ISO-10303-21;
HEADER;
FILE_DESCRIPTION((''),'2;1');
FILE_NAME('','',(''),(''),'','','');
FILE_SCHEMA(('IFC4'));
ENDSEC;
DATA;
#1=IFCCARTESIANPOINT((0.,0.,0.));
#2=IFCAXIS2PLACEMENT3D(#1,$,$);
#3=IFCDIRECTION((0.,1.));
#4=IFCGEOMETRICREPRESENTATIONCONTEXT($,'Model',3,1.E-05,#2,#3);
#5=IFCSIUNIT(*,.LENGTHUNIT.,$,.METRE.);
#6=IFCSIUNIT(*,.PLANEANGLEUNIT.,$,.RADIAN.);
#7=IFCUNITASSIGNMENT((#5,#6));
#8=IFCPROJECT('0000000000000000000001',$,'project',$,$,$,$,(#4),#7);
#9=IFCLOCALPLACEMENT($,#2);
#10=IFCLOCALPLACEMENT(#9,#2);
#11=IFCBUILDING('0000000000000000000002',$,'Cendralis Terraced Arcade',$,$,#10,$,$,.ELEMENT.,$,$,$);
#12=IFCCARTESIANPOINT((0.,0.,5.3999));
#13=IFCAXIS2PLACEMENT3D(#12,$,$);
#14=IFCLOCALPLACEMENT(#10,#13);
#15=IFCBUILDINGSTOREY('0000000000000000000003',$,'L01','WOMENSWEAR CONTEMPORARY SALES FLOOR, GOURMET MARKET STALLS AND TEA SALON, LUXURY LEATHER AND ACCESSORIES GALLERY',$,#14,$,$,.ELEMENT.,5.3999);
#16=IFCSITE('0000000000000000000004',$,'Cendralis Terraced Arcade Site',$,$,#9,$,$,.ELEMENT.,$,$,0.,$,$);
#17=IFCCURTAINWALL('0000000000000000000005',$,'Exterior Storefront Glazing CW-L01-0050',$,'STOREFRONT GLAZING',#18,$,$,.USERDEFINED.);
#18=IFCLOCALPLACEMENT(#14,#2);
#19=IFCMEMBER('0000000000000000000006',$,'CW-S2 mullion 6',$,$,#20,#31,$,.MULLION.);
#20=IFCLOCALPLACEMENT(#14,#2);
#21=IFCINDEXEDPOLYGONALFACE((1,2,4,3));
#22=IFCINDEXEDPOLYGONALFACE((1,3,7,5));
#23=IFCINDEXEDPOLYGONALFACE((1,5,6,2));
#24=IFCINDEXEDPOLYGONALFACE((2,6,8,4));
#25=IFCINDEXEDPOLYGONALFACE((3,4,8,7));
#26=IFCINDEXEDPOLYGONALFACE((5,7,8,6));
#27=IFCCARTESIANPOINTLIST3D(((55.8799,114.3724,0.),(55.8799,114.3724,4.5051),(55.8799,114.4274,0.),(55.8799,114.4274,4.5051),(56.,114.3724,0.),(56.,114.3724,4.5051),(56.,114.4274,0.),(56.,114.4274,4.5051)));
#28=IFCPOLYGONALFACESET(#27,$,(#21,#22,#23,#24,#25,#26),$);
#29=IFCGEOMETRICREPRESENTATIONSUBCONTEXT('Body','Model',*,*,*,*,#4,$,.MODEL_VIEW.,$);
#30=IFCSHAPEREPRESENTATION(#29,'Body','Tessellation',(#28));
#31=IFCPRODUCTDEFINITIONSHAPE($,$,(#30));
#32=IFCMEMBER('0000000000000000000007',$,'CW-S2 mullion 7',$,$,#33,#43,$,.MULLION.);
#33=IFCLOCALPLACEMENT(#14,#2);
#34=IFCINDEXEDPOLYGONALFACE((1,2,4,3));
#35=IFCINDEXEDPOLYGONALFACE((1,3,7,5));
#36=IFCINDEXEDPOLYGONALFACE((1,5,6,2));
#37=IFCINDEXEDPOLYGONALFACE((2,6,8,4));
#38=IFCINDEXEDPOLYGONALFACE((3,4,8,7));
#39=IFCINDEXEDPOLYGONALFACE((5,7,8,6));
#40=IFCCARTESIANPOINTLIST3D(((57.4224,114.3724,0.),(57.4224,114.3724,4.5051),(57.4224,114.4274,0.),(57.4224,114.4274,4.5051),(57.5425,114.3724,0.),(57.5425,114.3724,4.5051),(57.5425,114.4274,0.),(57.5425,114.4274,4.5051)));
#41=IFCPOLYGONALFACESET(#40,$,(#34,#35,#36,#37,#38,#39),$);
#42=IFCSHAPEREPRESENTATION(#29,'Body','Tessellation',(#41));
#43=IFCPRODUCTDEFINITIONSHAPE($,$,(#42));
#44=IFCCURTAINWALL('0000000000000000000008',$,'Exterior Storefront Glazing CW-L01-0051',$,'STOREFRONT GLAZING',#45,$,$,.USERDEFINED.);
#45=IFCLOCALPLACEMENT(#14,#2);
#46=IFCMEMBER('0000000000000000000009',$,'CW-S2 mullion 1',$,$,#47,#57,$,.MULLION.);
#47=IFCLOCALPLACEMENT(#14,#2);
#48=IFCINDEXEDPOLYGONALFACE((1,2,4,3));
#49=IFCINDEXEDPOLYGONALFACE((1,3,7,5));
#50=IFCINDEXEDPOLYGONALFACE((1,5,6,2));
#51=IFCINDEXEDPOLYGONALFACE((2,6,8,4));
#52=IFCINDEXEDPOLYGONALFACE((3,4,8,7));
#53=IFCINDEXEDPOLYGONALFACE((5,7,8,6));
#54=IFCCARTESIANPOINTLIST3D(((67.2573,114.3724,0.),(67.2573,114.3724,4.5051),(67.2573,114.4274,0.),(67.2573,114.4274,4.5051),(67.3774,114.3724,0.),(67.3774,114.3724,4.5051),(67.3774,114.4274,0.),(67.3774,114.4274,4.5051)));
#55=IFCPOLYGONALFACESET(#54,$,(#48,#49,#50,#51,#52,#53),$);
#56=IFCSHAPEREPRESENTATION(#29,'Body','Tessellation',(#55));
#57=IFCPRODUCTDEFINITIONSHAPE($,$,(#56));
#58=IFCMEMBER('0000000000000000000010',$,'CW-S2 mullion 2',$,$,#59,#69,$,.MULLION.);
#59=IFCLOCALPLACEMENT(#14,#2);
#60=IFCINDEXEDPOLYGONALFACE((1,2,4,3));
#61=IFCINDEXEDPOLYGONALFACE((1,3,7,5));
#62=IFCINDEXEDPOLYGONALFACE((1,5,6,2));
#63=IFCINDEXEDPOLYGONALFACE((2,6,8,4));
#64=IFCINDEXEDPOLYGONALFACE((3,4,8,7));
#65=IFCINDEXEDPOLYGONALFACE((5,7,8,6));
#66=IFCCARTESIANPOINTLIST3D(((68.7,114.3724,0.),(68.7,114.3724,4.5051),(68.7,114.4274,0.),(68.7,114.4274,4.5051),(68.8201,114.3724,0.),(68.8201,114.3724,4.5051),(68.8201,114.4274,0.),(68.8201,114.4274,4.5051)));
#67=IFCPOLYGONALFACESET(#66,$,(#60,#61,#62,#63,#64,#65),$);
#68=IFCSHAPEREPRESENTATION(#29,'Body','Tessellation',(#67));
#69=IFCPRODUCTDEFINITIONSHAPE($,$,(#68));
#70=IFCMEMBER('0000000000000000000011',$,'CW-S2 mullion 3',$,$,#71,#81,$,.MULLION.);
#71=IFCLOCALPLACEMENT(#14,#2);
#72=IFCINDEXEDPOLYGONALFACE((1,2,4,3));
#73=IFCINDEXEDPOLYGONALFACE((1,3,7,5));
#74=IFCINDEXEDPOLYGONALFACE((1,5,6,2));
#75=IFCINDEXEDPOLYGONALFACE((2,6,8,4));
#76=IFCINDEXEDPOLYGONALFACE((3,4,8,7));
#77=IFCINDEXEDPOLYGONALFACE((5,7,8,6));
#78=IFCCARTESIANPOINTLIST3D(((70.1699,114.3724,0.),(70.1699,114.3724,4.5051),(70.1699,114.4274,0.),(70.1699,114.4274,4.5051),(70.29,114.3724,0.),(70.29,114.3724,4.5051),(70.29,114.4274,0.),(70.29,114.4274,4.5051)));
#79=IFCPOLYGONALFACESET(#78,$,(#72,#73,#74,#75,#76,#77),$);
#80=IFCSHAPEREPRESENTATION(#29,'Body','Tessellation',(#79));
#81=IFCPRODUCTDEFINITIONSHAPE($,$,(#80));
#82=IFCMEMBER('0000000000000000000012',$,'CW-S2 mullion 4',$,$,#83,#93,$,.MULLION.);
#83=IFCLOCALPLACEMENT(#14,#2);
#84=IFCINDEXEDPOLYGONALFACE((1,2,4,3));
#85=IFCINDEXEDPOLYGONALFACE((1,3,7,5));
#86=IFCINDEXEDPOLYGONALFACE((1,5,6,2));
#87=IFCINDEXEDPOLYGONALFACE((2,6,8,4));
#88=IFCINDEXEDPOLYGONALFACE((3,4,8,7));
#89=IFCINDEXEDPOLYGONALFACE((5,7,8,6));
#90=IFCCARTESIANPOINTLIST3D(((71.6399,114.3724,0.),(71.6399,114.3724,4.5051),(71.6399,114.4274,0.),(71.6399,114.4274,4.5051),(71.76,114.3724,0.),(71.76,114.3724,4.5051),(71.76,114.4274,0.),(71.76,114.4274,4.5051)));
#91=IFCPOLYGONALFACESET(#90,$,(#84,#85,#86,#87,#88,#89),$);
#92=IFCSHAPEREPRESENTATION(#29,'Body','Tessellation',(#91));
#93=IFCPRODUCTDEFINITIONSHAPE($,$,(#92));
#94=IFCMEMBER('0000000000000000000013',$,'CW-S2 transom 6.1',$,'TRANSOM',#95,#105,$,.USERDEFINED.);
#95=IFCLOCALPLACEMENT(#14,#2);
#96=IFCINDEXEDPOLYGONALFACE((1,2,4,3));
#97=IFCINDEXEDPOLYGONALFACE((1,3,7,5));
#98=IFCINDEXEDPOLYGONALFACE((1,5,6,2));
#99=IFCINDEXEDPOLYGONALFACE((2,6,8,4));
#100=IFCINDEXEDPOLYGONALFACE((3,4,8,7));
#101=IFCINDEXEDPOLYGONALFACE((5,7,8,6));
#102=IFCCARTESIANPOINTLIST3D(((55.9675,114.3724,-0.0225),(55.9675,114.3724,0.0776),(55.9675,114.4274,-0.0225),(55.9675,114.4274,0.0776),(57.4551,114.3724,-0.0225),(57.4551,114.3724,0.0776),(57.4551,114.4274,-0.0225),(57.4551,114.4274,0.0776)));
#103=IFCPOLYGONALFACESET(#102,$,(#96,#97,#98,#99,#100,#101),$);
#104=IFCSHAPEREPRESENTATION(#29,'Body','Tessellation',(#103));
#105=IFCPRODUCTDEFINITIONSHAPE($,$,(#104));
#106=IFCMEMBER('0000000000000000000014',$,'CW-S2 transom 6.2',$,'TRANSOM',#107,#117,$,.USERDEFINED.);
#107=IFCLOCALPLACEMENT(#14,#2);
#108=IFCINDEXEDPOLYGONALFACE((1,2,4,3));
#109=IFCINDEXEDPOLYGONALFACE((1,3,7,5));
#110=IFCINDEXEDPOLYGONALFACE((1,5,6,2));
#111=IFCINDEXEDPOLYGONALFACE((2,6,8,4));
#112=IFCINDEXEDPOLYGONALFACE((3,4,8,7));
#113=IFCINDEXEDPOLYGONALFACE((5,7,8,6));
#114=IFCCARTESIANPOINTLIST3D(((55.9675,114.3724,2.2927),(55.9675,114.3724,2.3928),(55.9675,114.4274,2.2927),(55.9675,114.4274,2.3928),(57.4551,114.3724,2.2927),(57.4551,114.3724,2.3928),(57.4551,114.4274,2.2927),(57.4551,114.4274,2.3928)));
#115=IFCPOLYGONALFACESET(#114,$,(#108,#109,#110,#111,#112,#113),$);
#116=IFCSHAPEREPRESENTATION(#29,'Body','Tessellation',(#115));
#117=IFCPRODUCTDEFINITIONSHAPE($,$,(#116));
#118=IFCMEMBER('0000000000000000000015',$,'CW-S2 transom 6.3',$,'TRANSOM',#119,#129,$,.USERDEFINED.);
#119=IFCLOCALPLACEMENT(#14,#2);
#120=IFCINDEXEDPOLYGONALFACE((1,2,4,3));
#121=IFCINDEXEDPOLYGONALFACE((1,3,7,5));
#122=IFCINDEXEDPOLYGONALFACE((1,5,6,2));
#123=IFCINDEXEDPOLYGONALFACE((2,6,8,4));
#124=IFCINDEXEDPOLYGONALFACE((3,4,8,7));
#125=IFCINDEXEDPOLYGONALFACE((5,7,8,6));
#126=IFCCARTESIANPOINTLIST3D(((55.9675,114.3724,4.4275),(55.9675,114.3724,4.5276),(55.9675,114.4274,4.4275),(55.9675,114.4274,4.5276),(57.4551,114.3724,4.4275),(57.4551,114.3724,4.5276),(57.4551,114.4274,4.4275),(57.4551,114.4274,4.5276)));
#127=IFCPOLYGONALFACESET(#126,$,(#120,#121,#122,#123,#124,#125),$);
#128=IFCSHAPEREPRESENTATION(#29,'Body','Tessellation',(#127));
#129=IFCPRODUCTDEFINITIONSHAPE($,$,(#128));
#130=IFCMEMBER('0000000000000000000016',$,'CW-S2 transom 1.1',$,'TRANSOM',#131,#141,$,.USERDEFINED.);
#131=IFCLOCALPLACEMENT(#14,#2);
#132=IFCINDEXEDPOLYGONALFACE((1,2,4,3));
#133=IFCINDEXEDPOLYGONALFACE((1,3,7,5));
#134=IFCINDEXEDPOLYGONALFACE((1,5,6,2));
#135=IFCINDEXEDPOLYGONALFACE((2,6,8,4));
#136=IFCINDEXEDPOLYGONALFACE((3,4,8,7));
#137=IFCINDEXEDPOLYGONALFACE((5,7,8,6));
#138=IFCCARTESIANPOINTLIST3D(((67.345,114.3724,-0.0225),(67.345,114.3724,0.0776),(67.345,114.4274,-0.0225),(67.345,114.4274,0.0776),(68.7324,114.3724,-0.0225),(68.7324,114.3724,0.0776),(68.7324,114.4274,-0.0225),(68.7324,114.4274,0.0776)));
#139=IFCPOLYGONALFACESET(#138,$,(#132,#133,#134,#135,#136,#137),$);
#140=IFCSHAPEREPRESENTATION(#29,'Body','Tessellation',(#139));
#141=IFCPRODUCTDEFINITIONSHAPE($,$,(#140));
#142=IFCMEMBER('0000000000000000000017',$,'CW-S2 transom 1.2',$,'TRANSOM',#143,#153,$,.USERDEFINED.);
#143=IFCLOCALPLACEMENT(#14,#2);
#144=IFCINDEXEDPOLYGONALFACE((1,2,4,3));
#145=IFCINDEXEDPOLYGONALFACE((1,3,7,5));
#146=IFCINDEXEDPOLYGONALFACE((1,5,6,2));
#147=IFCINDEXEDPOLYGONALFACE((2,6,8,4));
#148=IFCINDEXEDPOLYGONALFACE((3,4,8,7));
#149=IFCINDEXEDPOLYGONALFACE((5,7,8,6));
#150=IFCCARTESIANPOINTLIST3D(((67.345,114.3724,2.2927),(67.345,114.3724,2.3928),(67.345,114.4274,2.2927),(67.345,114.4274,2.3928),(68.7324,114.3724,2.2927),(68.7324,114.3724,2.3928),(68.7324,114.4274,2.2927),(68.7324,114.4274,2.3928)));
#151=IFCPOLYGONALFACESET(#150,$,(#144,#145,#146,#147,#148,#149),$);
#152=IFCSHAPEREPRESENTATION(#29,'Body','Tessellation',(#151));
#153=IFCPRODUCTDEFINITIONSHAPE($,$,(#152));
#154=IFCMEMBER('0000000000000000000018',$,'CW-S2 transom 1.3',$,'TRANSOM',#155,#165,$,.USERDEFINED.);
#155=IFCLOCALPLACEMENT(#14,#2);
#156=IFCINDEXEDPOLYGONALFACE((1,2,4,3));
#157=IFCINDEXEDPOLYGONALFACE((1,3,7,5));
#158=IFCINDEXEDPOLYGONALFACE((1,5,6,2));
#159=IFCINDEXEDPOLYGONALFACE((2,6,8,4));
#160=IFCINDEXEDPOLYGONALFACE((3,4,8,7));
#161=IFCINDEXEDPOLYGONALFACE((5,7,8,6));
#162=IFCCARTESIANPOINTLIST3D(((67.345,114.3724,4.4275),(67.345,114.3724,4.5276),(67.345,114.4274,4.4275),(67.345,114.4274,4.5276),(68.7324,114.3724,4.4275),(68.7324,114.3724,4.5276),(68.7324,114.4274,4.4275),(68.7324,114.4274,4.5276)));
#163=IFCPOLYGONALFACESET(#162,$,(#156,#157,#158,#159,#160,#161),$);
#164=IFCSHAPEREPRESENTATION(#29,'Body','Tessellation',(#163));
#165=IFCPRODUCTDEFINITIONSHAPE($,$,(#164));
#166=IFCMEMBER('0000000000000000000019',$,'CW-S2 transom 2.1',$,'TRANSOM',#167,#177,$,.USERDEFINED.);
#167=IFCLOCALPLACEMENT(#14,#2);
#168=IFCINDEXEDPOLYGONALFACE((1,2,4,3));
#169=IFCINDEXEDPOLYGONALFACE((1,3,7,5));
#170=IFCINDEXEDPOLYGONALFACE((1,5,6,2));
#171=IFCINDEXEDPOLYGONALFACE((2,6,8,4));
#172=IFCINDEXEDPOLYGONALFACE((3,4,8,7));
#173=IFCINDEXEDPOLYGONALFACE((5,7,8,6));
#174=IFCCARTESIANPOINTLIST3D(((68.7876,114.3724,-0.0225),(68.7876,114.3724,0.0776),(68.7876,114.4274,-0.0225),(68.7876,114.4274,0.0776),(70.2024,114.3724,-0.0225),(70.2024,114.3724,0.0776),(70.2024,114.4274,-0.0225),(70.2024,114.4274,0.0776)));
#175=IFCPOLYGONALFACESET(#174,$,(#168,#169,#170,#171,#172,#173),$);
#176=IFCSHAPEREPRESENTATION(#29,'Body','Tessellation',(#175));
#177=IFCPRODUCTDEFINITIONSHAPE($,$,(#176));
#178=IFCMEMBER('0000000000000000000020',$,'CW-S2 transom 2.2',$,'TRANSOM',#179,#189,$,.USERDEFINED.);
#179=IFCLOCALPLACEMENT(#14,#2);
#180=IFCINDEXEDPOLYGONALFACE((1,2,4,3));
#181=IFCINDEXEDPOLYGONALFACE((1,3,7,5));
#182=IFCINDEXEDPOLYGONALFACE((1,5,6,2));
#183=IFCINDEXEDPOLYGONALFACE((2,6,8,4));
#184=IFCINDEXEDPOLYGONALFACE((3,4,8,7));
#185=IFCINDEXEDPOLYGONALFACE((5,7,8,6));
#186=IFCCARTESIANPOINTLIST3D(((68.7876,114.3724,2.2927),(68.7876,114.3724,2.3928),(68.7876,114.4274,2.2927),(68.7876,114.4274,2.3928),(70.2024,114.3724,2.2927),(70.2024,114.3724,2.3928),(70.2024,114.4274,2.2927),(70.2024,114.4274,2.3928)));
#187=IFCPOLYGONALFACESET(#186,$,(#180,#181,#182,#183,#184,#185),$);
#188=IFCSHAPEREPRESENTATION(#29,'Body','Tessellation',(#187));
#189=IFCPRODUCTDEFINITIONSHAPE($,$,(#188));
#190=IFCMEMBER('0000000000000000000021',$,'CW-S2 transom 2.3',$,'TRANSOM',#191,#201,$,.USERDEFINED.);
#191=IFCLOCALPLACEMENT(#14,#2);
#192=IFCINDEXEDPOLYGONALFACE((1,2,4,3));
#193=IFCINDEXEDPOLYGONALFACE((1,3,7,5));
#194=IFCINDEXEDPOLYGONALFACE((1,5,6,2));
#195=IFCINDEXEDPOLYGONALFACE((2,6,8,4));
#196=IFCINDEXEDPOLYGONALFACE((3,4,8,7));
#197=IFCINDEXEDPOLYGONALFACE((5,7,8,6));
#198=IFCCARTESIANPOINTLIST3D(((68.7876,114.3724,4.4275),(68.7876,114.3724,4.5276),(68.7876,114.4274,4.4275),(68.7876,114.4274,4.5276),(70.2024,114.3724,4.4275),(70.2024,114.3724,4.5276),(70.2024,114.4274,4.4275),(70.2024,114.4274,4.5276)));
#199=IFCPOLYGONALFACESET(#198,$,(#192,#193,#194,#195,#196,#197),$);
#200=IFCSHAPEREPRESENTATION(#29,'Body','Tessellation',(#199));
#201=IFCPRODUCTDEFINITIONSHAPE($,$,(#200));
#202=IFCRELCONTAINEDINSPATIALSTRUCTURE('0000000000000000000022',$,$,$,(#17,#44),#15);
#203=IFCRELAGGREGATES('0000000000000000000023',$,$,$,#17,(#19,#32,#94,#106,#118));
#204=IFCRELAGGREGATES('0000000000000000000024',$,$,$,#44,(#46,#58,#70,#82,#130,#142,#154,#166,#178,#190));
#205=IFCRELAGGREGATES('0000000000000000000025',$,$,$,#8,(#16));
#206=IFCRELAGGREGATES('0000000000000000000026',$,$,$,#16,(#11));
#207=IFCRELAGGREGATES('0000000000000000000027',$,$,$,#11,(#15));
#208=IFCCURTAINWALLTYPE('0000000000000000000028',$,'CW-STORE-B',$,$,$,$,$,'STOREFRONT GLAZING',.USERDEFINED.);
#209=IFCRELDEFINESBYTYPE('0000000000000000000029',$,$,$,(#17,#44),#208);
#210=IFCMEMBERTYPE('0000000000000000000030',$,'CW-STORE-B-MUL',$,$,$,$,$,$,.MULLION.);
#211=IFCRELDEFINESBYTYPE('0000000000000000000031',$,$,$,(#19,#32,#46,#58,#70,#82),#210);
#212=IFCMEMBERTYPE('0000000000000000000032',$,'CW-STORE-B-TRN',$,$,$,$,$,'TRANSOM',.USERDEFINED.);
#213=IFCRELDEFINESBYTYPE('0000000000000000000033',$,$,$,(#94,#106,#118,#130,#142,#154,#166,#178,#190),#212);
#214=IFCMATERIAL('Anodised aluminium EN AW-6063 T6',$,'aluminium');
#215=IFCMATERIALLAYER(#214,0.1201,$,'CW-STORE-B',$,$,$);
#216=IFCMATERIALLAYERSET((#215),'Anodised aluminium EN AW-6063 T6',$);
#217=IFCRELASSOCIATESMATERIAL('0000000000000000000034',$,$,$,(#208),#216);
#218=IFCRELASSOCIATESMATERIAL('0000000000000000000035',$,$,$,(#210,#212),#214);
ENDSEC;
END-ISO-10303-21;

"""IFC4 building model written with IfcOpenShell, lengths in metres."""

from ifc_helpers import new_model, si_unit, direction, frame, origin, origin_2d, place, context, subcontext, project, spatial, rectangle, extrude, material, layer, layer_set, material_profile, profile_set, type_object, element, aggregate, save


model = new_model("IFC4")

# Units and contexts
model_context = context("Model", 3, precision=1e-05, world=origin(), true_north=direction((0.0, 1.0)))
body_context = subcontext(model_context, "Body", "Model", "MODEL_VIEW")
ifc_project = project(units=[si_unit("LENGTHUNIT", "METRE"), si_unit("PLANEANGLEUNIT", "RADIAN")], contexts=[model_context])

# Site, building, storey
site_placement = place(None, origin())
site = spatial("IfcSite", under=ifc_project, at=site_placement, Name="Cendralis Terraced Arcade Site", CompositionType="ELEMENT", RefElevation=0.0)
building_placement = place(site_placement, origin())
building = spatial("IfcBuilding", under=site, at=building_placement, Name="Cendralis Terraced Arcade", CompositionType="ELEMENT")
storey_placement = place(building_placement, frame((0.0, 0.0, 5.3999)))
storey = spatial("IfcBuildingStorey", under=building, at=storey_placement, Name="L01", Description="WOMENSWEAR CONTEMPORARY SALES FLOOR, GOURMET MARKET STALLS AND TEA SALON, LUXURY LEATHER AND ACCESSORIES GALLERY", CompositionType="ELEMENT", Elevation=5.3999)

# Curtain walls, members
ifc_material_1 = material(Name="Anodised aluminium EN AW-6063 T6", Category="aluminium")
ifc_layer_1 = layer(ifc_material_1, 0.1201, Name="CW-STORE-B")
ifc_layer_set_1 = layer_set([ifc_layer_1], Name="Anodised aluminium EN AW-6063 T6")
curtain_wall_type = type_object("IfcCurtainWallType", Name="CW-STORE-B", ElementType="STOREFRONT GLAZING", PredefinedType="USERDEFINED", material=ifc_layer_set_1)
curtain_wall_1_placement = place(storey_placement, origin())
curtain_wall_1 = element("IfcCurtainWall", 1, at=curtain_wall_1_placement, inside=storey, type_object=curtain_wall_type, Name="Exterior Storefront Glazing CW-L01-0050", ObjectType="STOREFRONT GLAZING", PredefinedType="USERDEFINED")
ifc_material_profile_1 = material_profile(ifc_material_1, rectangle(XDim=0.0549, YDim=0.1201, at=origin_2d()), Name="ALU-MUL-55x120")
ifc_profile_set_1 = profile_set([ifc_material_profile_1], Name="Anodised aluminium EN AW-6063 T6")
member_type_1 = type_object("IfcMemberType", Name="CW-STORE-B-MUL", PredefinedType="MULLION", material=ifc_profile_set_1)
member_1_placement = place(storey_placement, frame((55.9399, 114.3999, 0.0), z_axis=(0.0, 0.0, 1.0), x_axis=(0.0, 1.0, 0.0)))
member_1 = element("IfcMember", 2, at=member_1_placement, type_object=member_type_1, Name="CW-S2 mullion 6", PredefinedType="MULLION", context=body_context, shape_type="SweptSolid", body=[
    extrude(rectangle(XDim=0.0549, YDim=0.1201, at=origin_2d()), origin(), (0.0, 0.0, 1.0), 4.5051),
])
member_2_placement = place(storey_placement, frame((57.4824, 114.3999, 0.0), z_axis=(0.0, 0.0, 1.0), x_axis=(0.0, 1.0, 0.0)))
member_2 = element("IfcMember", 3, at=member_2_placement, type_object=member_type_1, Name="CW-S2 mullion 7", PredefinedType="MULLION", context=body_context, shape_type="SweptSolid", body=[
    extrude(rectangle(XDim=0.0549, YDim=0.1201, at=origin_2d()), origin(), (0.0, 0.0, 1.0), 4.5051),
])
curtain_wall_2_placement = place(storey_placement, origin())
curtain_wall_2 = element("IfcCurtainWall", 4, at=curtain_wall_2_placement, inside=storey, type_object=curtain_wall_type, Name="Exterior Storefront Glazing CW-L01-0051", ObjectType="STOREFRONT GLAZING", PredefinedType="USERDEFINED")
member_3_placement = place(storey_placement, frame((67.3174, 114.3999, 0.0), z_axis=(0.0, 0.0, 1.0), x_axis=(0.0, 1.0, 0.0)))
member_3 = element("IfcMember", 5, at=member_3_placement, type_object=member_type_1, Name="CW-S2 mullion 1", PredefinedType="MULLION", context=body_context, shape_type="SweptSolid", body=[
    extrude(rectangle(XDim=0.0549, YDim=0.1201, at=origin_2d()), origin(), (0.0, 0.0, 1.0), 4.5051),
])
member_4_placement = place(storey_placement, frame((68.76, 114.3999, 0.0), z_axis=(0.0, 0.0, 1.0), x_axis=(0.0, 1.0, 0.0)))
member_4 = element("IfcMember", 6, at=member_4_placement, type_object=member_type_1, Name="CW-S2 mullion 2", PredefinedType="MULLION", context=body_context, shape_type="SweptSolid", body=[
    extrude(rectangle(XDim=0.0549, YDim=0.1201, at=origin_2d()), origin(), (0.0, 0.0, 1.0), 4.5051),
])
member_5_placement = place(storey_placement, frame((70.23, 114.3999, 0.0), z_axis=(0.0, 0.0, 1.0), x_axis=(0.0, 1.0, 0.0)))
member_5 = element("IfcMember", 7, at=member_5_placement, type_object=member_type_1, Name="CW-S2 mullion 3", PredefinedType="MULLION", context=body_context, shape_type="SweptSolid", body=[
    extrude(rectangle(XDim=0.0549, YDim=0.1201, at=origin_2d()), origin(), (0.0, 0.0, 1.0), 4.5051),
])
member_6_placement = place(storey_placement, frame((71.7, 114.3999, 0.0), z_axis=(0.0, 0.0, 1.0), x_axis=(0.0, 1.0, 0.0)))
member_6 = element("IfcMember", 8, at=member_6_placement, type_object=member_type_1, Name="CW-S2 mullion 4", PredefinedType="MULLION", context=body_context, shape_type="SweptSolid", body=[
    extrude(rectangle(XDim=0.0549, YDim=0.1201, at=origin_2d()), origin(), (0.0, 0.0, 1.0), 4.5051),
])

# Members
ifc_material_profile_2 = material_profile(ifc_material_1, rectangle(XDim=0.0549, YDim=0.1001, at=origin_2d()), Name="ALU-TRN-55x100")
ifc_profile_set_2 = profile_set([ifc_material_profile_2], Name="Anodised aluminium EN AW-6063 T6")
member_type_2 = type_object("IfcMemberType", Name="CW-STORE-B-TRN", ElementType="TRANSOM", PredefinedType="USERDEFINED", material=ifc_profile_set_2)
member_7_placement = place(storey_placement, frame((55.9675, 114.3999, 0.0276), z_axis=(1.0, 0.0, 0.0), x_axis=(0.0, 1.0, 0.0)))
member_7 = element("IfcMember", 9, at=member_7_placement, type_object=member_type_2, Name="CW-S2 transom 6.1", ObjectType="TRANSOM", PredefinedType="USERDEFINED", context=body_context, shape_type="SweptSolid", body=[
    extrude(rectangle(XDim=0.0549, YDim=0.1001, at=origin_2d()), origin(), (0.0, 0.0, 1.0), 1.4875),
])
member_8_placement = place(storey_placement, frame((55.9675, 114.3999, 2.3428), z_axis=(1.0, 0.0, 0.0), x_axis=(0.0, 1.0, 0.0)))
member_8 = element("IfcMember", 10, at=member_8_placement, type_object=member_type_2, Name="CW-S2 transom 6.2", ObjectType="TRANSOM", PredefinedType="USERDEFINED", context=body_context, shape_type="SweptSolid", body=[
    extrude(rectangle(XDim=0.0549, YDim=0.1001, at=origin_2d()), origin(), (0.0, 0.0, 1.0), 1.4875),
])
member_9_placement = place(storey_placement, frame((55.9675, 114.3999, 4.4775), z_axis=(1.0, 0.0, 0.0), x_axis=(0.0, 1.0, 0.0)))
member_9 = element("IfcMember", 11, at=member_9_placement, type_object=member_type_2, Name="CW-S2 transom 6.3", ObjectType="TRANSOM", PredefinedType="USERDEFINED", context=body_context, shape_type="SweptSolid", body=[
    extrude(rectangle(XDim=0.0549, YDim=0.1001, at=origin_2d()), origin(), (0.0, 0.0, 1.0), 1.4875),
])
member_10_placement = place(storey_placement, frame((67.345, 114.3999, 0.0276), z_axis=(1.0, 0.0, 0.0), x_axis=(0.0, 1.0, 0.0)))
member_10 = element("IfcMember", 12, at=member_10_placement, type_object=member_type_2, Name="CW-S2 transom 1.1", ObjectType="TRANSOM", PredefinedType="USERDEFINED", context=body_context, shape_type="SweptSolid", body=[
    extrude(rectangle(XDim=0.0549, YDim=0.1001, at=origin_2d()), origin(), (0.0, 0.0, 1.0), 1.3875),
])
member_11_placement = place(storey_placement, frame((67.345, 114.3999, 2.3428), z_axis=(1.0, 0.0, 0.0), x_axis=(0.0, 1.0, 0.0)))
member_11 = element("IfcMember", 13, at=member_11_placement, type_object=member_type_2, Name="CW-S2 transom 1.2", ObjectType="TRANSOM", PredefinedType="USERDEFINED", context=body_context, shape_type="SweptSolid", body=[
    extrude(rectangle(XDim=0.0549, YDim=0.1001, at=origin_2d()), origin(), (0.0, 0.0, 1.0), 1.3875),
])
member_12_placement = place(storey_placement, frame((67.345, 114.3999, 4.4775), z_axis=(1.0, 0.0, 0.0), x_axis=(0.0, 1.0, 0.0)))
member_12 = element("IfcMember", 14, at=member_12_placement, type_object=member_type_2, Name="CW-S2 transom 1.3", ObjectType="TRANSOM", PredefinedType="USERDEFINED", context=body_context, shape_type="SweptSolid", body=[
    extrude(rectangle(XDim=0.0549, YDim=0.1001, at=origin_2d()), origin(), (0.0, 0.0, 1.0), 1.3875),
])
member_13_placement = place(storey_placement, frame((68.7876, 114.3999, 0.0276), z_axis=(1.0, 0.0, 0.0), x_axis=(0.0, 1.0, 0.0)))
member_13 = element("IfcMember", 15, at=member_13_placement, type_object=member_type_2, Name="CW-S2 transom 2.1", ObjectType="TRANSOM", PredefinedType="USERDEFINED", context=body_context, shape_type="SweptSolid", body=[
    extrude(rectangle(XDim=0.0549, YDim=0.1001, at=origin_2d()), origin(), (0.0, 0.0, 1.0), 1.4148),
])
member_14_placement = place(storey_placement, frame((68.7876, 114.3999, 2.3428), z_axis=(1.0, 0.0, 0.0), x_axis=(0.0, 1.0, 0.0)))
member_14 = element("IfcMember", 16, at=member_14_placement, type_object=member_type_2, Name="CW-S2 transom 2.2", ObjectType="TRANSOM", PredefinedType="USERDEFINED", context=body_context, shape_type="SweptSolid", body=[
    extrude(rectangle(XDim=0.0549, YDim=0.1001, at=origin_2d()), origin(), (0.0, 0.0, 1.0), 1.4148),
])
member_15_placement = place(storey_placement, frame((68.7876, 114.3999, 4.4775), z_axis=(1.0, 0.0, 0.0), x_axis=(0.0, 1.0, 0.0)))
member_15 = element("IfcMember", 17, at=member_15_placement, type_object=member_type_2, Name="CW-S2 transom 2.3", ObjectType="TRANSOM", PredefinedType="USERDEFINED", context=body_context, shape_type="SweptSolid", body=[
    extrude(rectangle(XDim=0.0549, YDim=0.1001, at=origin_2d()), origin(), (0.0, 0.0, 1.0), 1.4148),
])

aggregate(curtain_wall_1, [member_1, member_2, member_7, member_8, member_9])
aggregate(curtain_wall_2, [member_3, member_4, member_5, member_6, member_10, member_11, member_12, member_13, member_14, member_15])

save(model, "model.ifc")
